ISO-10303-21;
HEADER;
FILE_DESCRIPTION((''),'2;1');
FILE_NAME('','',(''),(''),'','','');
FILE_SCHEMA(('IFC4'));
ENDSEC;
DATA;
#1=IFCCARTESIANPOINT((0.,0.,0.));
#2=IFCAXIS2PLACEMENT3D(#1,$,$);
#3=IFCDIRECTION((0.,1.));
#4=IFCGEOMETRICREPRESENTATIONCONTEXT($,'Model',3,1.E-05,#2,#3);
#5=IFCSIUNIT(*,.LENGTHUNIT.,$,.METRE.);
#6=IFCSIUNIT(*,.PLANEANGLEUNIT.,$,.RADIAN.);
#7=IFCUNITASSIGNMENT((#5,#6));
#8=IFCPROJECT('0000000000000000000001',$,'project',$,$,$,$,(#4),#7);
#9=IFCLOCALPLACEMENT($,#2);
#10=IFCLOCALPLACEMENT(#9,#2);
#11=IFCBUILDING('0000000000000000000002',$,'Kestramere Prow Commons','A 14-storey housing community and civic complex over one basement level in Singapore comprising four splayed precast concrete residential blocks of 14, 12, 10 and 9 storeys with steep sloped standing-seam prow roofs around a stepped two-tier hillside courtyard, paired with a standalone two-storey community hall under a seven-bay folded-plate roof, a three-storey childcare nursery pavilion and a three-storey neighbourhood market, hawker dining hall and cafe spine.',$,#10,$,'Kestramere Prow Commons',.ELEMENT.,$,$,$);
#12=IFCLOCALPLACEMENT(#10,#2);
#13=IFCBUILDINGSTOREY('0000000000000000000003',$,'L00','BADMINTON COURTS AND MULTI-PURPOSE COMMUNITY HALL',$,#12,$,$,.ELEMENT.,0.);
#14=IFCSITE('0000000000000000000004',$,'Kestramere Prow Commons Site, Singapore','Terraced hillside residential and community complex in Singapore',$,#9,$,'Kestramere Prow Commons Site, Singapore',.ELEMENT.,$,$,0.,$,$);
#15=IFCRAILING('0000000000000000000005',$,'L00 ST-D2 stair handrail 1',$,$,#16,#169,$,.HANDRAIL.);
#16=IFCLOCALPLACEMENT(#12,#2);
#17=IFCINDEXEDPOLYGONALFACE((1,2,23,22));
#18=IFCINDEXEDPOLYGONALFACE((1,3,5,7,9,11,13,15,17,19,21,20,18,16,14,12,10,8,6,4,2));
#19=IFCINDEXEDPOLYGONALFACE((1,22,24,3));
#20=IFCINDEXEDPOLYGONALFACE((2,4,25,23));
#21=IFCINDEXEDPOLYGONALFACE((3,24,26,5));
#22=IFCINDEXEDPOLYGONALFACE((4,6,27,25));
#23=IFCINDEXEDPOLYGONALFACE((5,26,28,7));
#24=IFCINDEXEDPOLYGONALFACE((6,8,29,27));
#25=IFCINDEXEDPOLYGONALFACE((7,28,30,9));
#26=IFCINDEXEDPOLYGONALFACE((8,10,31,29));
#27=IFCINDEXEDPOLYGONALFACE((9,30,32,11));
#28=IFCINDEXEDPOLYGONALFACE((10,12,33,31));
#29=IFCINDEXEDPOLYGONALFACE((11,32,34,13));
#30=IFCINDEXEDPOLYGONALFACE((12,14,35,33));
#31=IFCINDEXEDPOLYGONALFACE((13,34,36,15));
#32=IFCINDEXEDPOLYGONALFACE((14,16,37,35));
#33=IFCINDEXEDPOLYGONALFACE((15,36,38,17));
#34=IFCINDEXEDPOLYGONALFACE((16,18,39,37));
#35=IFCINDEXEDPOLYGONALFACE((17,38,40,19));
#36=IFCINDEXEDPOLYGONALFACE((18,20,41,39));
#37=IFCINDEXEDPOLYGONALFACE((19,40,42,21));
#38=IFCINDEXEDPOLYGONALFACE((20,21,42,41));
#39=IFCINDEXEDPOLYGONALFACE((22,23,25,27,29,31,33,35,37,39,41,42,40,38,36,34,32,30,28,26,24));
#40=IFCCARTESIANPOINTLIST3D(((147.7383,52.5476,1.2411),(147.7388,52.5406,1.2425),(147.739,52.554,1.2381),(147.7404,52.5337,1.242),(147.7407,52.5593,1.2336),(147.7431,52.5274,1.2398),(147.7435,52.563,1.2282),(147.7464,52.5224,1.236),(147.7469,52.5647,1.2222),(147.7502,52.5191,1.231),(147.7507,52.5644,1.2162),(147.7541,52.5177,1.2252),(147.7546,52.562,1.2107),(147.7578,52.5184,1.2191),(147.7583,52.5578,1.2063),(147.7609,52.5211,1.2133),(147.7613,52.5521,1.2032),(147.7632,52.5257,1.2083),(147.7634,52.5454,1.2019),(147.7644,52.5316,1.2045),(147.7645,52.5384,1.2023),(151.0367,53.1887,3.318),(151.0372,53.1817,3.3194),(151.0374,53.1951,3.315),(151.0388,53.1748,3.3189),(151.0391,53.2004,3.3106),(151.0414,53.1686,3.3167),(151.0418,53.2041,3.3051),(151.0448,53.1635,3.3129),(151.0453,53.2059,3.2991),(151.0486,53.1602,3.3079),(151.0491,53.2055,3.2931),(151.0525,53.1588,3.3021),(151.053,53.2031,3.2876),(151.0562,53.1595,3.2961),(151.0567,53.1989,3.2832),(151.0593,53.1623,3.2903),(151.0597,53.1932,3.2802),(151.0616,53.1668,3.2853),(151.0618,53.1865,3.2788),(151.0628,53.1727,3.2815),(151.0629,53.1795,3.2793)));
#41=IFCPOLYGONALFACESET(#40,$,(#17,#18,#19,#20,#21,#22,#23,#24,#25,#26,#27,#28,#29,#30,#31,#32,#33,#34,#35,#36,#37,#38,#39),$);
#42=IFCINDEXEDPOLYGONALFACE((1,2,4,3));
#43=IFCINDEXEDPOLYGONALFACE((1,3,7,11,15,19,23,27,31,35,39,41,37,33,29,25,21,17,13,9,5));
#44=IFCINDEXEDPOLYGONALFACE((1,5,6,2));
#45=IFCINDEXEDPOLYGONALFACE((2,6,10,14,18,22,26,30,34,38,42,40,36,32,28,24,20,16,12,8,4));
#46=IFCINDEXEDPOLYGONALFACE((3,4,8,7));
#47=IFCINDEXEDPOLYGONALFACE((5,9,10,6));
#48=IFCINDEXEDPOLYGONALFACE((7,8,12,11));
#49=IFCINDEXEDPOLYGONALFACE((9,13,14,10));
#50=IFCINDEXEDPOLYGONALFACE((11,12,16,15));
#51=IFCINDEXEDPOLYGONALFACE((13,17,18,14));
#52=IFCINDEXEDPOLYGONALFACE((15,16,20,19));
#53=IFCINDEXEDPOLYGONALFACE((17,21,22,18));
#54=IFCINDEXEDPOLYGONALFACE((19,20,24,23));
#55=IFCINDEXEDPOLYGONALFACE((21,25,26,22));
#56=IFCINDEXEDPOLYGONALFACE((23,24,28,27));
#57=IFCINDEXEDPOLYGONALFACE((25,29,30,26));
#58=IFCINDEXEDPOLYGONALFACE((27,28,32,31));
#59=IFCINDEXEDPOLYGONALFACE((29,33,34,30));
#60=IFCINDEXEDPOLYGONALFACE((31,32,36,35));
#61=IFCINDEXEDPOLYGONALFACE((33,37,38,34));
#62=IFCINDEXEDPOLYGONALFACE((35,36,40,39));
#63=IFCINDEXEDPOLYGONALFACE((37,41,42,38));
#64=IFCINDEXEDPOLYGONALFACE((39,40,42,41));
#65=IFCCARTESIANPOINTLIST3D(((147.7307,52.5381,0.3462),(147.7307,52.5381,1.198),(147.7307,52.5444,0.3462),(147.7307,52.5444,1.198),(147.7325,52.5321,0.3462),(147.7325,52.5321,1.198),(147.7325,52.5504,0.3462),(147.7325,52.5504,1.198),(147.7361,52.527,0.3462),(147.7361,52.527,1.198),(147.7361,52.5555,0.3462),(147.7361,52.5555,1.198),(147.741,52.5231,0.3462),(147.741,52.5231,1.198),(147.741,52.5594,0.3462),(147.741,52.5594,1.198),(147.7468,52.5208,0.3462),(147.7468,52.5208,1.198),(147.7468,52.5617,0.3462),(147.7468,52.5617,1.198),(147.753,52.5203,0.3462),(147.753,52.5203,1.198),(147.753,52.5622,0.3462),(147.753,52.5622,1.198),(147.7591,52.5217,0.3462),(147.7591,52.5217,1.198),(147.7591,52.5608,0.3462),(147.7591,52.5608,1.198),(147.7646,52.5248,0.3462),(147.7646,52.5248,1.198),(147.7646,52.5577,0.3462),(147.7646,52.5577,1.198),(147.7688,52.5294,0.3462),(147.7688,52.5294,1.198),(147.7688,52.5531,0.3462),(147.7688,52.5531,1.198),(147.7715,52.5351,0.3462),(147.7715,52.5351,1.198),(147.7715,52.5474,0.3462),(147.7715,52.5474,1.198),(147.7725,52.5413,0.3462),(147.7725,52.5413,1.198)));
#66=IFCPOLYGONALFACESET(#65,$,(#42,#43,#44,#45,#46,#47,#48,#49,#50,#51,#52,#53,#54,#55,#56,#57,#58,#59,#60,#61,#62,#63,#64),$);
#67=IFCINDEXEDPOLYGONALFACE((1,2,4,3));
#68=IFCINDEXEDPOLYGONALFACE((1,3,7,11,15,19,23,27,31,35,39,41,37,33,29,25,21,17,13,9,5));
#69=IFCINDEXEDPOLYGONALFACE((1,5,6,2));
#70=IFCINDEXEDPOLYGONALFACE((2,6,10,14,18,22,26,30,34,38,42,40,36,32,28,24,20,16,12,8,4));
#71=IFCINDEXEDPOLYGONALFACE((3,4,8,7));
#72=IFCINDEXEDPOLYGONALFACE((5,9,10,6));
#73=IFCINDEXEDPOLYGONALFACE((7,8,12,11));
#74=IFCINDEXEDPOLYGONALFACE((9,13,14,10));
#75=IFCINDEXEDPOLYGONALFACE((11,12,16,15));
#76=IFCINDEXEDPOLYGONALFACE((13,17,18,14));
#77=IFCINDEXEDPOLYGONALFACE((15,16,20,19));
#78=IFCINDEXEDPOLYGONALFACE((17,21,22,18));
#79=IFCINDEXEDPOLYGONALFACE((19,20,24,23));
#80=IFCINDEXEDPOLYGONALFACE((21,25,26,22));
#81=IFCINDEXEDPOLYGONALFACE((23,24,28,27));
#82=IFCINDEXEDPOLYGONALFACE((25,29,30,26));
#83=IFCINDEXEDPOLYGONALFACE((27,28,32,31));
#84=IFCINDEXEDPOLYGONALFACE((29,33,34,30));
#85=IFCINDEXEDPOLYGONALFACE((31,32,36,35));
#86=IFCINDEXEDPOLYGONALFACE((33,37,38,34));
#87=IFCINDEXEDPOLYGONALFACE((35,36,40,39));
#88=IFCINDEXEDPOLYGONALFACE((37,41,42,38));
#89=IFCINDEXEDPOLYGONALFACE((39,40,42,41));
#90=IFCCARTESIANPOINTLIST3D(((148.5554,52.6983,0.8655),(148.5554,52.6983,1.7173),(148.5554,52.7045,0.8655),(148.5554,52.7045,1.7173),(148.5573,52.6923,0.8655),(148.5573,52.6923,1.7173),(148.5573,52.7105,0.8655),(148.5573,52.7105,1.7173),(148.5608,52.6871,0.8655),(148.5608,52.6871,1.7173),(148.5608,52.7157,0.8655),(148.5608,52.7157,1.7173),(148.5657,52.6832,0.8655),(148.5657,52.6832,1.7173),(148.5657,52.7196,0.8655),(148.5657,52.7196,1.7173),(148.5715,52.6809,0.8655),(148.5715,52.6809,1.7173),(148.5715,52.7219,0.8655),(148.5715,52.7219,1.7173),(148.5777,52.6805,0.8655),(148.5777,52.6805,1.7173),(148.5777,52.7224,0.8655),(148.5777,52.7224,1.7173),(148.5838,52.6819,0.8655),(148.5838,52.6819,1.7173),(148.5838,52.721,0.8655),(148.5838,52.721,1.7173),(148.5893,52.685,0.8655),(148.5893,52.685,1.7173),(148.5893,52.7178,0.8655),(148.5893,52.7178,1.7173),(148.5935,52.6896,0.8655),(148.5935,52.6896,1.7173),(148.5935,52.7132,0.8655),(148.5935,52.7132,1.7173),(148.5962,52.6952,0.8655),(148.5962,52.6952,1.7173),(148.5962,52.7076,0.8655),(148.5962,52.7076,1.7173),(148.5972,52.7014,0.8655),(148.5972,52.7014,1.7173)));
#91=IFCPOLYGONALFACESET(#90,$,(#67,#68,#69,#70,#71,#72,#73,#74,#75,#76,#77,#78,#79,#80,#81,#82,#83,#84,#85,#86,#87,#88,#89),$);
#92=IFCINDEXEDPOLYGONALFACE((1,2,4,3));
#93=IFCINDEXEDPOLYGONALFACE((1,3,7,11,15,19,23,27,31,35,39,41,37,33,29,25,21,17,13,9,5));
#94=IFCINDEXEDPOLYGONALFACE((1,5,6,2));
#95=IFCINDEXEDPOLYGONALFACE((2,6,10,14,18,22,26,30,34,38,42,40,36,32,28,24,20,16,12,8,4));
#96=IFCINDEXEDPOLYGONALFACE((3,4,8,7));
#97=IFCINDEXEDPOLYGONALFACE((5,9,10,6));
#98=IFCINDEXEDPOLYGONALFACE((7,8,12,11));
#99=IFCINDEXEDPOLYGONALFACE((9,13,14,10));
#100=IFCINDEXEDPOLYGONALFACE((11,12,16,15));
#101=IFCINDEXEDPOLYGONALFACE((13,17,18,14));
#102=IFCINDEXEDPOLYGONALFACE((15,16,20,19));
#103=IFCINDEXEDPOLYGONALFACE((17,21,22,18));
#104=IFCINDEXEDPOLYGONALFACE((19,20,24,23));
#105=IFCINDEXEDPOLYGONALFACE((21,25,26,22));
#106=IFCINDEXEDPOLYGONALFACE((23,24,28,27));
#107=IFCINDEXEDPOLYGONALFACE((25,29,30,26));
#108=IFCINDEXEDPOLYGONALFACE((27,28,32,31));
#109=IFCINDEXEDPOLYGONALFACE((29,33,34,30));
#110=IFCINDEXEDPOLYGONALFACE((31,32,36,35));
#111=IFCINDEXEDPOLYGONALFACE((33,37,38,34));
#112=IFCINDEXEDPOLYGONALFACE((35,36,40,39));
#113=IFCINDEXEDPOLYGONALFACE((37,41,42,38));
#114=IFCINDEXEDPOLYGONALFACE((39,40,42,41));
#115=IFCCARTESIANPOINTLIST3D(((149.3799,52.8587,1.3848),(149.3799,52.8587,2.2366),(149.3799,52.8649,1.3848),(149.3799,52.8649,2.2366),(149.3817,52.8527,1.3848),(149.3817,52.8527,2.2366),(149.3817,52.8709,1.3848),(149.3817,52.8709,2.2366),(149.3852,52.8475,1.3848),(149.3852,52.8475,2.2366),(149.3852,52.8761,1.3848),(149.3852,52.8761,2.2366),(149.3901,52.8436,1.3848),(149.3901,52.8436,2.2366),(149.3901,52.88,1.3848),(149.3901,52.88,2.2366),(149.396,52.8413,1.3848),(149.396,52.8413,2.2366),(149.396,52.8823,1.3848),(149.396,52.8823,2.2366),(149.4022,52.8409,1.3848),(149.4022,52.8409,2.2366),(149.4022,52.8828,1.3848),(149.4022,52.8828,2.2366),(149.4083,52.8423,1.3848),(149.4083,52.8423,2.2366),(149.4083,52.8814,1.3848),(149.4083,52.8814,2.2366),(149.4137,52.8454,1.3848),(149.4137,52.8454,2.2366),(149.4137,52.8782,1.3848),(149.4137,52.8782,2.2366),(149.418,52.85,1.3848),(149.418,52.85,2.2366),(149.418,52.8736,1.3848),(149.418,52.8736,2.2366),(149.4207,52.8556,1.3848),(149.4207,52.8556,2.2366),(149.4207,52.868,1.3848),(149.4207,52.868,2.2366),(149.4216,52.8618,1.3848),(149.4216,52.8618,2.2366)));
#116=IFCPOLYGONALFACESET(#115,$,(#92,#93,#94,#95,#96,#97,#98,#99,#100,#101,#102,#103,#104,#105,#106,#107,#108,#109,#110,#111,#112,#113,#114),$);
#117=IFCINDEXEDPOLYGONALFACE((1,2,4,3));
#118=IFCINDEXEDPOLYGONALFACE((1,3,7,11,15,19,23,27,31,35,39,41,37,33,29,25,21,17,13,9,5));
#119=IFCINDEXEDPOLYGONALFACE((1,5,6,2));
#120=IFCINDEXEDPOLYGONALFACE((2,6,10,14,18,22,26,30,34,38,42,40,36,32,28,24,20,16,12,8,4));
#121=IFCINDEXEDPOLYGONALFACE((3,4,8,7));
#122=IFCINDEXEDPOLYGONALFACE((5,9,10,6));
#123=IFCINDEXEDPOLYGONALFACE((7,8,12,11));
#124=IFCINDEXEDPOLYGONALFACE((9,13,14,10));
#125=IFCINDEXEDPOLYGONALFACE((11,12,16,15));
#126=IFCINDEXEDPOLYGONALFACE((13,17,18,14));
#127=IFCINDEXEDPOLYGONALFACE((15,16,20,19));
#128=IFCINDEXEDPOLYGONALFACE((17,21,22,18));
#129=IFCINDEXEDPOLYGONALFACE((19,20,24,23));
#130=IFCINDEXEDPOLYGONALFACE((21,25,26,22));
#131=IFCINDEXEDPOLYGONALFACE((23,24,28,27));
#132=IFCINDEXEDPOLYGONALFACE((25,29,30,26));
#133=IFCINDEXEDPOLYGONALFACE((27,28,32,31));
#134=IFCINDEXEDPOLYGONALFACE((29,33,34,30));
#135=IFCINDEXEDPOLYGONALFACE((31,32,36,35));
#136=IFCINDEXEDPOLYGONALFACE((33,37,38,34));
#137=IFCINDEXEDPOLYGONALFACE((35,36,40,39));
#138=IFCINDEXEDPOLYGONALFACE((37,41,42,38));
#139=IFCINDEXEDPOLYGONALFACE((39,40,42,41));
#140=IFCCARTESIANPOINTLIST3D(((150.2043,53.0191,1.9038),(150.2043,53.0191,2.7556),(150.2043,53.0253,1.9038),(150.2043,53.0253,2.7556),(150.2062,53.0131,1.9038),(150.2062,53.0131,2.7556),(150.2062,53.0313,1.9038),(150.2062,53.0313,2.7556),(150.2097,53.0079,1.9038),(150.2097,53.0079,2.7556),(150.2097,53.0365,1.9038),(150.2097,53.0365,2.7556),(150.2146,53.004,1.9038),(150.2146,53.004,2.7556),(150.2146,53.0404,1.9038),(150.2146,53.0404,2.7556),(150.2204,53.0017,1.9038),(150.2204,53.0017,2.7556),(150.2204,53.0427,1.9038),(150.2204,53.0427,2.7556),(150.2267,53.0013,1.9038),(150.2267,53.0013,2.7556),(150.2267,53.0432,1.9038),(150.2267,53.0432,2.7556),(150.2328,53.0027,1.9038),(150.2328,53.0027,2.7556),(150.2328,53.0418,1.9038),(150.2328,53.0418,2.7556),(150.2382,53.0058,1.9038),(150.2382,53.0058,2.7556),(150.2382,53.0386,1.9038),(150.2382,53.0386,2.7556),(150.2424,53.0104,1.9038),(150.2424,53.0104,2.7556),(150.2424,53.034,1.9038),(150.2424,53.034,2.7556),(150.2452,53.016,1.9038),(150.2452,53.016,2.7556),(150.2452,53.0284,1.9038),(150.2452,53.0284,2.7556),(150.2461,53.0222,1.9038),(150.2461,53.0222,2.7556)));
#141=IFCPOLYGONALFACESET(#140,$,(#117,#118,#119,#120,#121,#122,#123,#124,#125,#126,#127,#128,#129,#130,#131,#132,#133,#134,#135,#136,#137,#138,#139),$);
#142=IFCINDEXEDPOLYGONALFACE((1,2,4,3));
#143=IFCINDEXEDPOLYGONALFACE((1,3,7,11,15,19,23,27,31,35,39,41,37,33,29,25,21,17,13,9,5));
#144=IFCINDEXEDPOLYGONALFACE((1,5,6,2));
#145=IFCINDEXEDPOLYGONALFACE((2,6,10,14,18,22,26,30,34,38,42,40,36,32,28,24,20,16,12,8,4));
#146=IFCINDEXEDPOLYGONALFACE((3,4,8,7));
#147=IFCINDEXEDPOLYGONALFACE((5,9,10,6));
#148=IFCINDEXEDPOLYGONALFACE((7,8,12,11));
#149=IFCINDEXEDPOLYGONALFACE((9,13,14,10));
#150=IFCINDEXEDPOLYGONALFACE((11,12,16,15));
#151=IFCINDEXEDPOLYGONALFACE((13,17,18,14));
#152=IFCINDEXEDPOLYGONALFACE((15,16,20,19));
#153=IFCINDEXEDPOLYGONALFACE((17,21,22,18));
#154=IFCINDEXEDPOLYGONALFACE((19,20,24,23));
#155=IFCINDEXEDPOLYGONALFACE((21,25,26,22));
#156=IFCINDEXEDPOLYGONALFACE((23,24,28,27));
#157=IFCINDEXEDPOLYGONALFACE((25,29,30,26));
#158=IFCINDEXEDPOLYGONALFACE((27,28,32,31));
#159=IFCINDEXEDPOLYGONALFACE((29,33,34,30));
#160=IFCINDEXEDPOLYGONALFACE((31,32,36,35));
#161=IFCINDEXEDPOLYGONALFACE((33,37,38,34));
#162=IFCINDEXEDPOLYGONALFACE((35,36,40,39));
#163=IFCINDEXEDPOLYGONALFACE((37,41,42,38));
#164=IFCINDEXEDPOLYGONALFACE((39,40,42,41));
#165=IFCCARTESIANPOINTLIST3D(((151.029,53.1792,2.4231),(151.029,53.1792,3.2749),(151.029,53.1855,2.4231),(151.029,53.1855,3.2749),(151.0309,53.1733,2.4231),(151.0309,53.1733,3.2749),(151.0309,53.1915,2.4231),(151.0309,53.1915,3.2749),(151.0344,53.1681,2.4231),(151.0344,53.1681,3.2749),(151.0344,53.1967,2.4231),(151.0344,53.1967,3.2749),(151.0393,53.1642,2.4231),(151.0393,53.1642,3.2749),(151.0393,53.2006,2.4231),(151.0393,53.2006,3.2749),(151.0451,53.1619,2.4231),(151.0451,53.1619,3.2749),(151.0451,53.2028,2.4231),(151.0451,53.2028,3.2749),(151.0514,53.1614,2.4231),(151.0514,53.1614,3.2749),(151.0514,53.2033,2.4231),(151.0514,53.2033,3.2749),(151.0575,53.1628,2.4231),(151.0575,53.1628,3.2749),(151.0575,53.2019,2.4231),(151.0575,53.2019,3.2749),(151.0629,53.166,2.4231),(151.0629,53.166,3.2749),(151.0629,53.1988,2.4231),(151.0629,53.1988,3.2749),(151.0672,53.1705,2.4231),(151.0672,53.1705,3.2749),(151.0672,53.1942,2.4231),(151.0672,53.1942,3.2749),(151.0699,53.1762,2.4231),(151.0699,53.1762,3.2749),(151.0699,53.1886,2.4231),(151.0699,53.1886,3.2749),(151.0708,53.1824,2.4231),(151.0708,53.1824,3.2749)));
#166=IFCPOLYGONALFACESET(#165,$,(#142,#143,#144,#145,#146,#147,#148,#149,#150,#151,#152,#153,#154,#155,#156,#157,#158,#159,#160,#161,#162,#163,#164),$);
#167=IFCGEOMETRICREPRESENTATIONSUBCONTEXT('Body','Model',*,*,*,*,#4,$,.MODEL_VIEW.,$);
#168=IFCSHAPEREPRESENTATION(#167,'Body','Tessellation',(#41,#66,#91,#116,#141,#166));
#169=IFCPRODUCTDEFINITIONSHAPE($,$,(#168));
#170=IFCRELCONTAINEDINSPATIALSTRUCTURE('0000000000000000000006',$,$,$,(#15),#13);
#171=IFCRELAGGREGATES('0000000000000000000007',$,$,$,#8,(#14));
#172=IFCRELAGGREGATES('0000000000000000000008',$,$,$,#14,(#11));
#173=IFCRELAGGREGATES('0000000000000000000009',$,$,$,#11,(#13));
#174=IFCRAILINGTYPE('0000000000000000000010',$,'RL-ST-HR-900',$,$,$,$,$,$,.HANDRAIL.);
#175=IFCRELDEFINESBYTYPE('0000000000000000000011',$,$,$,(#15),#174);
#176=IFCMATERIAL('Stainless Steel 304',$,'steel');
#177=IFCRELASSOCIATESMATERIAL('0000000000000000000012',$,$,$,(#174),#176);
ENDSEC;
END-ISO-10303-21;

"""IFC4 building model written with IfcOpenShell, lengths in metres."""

from ifc_helpers import new_model, si_unit, direction, frame, origin, origin_2d, place, context, subcontext, project, spatial, circle, extrude, material, type_object, element, save


model = new_model("IFC4")

# Units and contexts
model_context = context("Model", 3, precision=1e-05, world=origin(), true_north=direction((0.0, 1.0)))
body_context = subcontext(model_context, "Body", "Model", "MODEL_VIEW")
ifc_project = project(units=[si_unit("LENGTHUNIT", "METRE"), si_unit("PLANEANGLEUNIT", "RADIAN")], contexts=[model_context])

# Site, building, storey
site_placement = place(None, origin())
site = spatial("IfcSite", under=ifc_project, at=site_placement, Name="Kestramere Prow Commons Site, Singapore", Description="Terraced hillside residential and community complex in Singapore", LongName="Kestramere Prow Commons Site, Singapore", CompositionType="ELEMENT", RefElevation=0.0)
building_placement = place(site_placement, origin())
building = spatial("IfcBuilding", under=site, at=building_placement, Name="Kestramere Prow Commons", Description="A 14-storey housing community and civic complex over one basement level in Singapore comprising four splayed precast concrete residential blocks of 14, 12, 10 and 9 storeys with steep sloped standing-seam prow roofs around a stepped two-tier hillside courtyard, paired with a standalone two-storey community hall under a seven-bay folded-plate roof, a three-storey childcare nursery pavilion and a three-storey neighbourhood market, hawker dining hall and cafe spine.", LongName="Kestramere Prow Commons", CompositionType="ELEMENT")
storey_placement = place(building_placement, origin())
storey = spatial("IfcBuildingStorey", under=building, at=storey_placement, Name="L00", Description="BADMINTON COURTS AND MULTI-PURPOSE COMMUNITY HALL", CompositionType="ELEMENT", Elevation=0.0)

# Railing
ifc_material_1 = material(Name="Stainless Steel 304", Category="steel")
railing_type_1 = type_object("IfcRailingType", Name="RL-ST-HR-900", PredefinedType="HANDRAIL", material=ifc_material_1)
railing_1_placement = place(storey_placement, frame((147.7515, 52.5413, 0.3462)))
element("IfcRailing", 1, at=railing_1_placement, inside=storey, type_object=railing_type_1, Name="L00 ST-D2 stair handrail 1", PredefinedType="HANDRAIL", context=body_context, shape_type="SweptSolid", body=[
    extrude(circle(Radius=0.0239, at=origin_2d()), frame((0.0, 0.0, 0.876), z_axis=(0.834993, 0.162301, 0.52578), x_axis=(-0.190804, 0.981628, 0.0)), (0.0, 0.0, 1.0), 3.9502),
    extrude(circle(Radius=0.021, at=origin_2d()), origin(), (0.0, 0.0, 1.0), 0.8518),
    extrude(circle(Radius=0.021, at=origin_2d()), frame((0.8247, 0.1602, 0.5193)), (0.0, 0.0, 1.0), 0.8518),
    extrude(circle(Radius=0.021, at=origin_2d()), frame((1.6492, 0.3206, 1.0386)), (0.0, 0.0, 1.0), 0.8518),
    extrude(circle(Radius=0.021, at=origin_2d()), frame((2.4736, 0.481, 1.5576)), (0.0, 0.0, 1.0), 0.8518),
    extrude(circle(Radius=0.021, at=origin_2d()), frame((3.2983, 0.6411, 2.0769)), (0.0, 0.0, 1.0), 0.8518),
])

save(model, "model.ifc")
